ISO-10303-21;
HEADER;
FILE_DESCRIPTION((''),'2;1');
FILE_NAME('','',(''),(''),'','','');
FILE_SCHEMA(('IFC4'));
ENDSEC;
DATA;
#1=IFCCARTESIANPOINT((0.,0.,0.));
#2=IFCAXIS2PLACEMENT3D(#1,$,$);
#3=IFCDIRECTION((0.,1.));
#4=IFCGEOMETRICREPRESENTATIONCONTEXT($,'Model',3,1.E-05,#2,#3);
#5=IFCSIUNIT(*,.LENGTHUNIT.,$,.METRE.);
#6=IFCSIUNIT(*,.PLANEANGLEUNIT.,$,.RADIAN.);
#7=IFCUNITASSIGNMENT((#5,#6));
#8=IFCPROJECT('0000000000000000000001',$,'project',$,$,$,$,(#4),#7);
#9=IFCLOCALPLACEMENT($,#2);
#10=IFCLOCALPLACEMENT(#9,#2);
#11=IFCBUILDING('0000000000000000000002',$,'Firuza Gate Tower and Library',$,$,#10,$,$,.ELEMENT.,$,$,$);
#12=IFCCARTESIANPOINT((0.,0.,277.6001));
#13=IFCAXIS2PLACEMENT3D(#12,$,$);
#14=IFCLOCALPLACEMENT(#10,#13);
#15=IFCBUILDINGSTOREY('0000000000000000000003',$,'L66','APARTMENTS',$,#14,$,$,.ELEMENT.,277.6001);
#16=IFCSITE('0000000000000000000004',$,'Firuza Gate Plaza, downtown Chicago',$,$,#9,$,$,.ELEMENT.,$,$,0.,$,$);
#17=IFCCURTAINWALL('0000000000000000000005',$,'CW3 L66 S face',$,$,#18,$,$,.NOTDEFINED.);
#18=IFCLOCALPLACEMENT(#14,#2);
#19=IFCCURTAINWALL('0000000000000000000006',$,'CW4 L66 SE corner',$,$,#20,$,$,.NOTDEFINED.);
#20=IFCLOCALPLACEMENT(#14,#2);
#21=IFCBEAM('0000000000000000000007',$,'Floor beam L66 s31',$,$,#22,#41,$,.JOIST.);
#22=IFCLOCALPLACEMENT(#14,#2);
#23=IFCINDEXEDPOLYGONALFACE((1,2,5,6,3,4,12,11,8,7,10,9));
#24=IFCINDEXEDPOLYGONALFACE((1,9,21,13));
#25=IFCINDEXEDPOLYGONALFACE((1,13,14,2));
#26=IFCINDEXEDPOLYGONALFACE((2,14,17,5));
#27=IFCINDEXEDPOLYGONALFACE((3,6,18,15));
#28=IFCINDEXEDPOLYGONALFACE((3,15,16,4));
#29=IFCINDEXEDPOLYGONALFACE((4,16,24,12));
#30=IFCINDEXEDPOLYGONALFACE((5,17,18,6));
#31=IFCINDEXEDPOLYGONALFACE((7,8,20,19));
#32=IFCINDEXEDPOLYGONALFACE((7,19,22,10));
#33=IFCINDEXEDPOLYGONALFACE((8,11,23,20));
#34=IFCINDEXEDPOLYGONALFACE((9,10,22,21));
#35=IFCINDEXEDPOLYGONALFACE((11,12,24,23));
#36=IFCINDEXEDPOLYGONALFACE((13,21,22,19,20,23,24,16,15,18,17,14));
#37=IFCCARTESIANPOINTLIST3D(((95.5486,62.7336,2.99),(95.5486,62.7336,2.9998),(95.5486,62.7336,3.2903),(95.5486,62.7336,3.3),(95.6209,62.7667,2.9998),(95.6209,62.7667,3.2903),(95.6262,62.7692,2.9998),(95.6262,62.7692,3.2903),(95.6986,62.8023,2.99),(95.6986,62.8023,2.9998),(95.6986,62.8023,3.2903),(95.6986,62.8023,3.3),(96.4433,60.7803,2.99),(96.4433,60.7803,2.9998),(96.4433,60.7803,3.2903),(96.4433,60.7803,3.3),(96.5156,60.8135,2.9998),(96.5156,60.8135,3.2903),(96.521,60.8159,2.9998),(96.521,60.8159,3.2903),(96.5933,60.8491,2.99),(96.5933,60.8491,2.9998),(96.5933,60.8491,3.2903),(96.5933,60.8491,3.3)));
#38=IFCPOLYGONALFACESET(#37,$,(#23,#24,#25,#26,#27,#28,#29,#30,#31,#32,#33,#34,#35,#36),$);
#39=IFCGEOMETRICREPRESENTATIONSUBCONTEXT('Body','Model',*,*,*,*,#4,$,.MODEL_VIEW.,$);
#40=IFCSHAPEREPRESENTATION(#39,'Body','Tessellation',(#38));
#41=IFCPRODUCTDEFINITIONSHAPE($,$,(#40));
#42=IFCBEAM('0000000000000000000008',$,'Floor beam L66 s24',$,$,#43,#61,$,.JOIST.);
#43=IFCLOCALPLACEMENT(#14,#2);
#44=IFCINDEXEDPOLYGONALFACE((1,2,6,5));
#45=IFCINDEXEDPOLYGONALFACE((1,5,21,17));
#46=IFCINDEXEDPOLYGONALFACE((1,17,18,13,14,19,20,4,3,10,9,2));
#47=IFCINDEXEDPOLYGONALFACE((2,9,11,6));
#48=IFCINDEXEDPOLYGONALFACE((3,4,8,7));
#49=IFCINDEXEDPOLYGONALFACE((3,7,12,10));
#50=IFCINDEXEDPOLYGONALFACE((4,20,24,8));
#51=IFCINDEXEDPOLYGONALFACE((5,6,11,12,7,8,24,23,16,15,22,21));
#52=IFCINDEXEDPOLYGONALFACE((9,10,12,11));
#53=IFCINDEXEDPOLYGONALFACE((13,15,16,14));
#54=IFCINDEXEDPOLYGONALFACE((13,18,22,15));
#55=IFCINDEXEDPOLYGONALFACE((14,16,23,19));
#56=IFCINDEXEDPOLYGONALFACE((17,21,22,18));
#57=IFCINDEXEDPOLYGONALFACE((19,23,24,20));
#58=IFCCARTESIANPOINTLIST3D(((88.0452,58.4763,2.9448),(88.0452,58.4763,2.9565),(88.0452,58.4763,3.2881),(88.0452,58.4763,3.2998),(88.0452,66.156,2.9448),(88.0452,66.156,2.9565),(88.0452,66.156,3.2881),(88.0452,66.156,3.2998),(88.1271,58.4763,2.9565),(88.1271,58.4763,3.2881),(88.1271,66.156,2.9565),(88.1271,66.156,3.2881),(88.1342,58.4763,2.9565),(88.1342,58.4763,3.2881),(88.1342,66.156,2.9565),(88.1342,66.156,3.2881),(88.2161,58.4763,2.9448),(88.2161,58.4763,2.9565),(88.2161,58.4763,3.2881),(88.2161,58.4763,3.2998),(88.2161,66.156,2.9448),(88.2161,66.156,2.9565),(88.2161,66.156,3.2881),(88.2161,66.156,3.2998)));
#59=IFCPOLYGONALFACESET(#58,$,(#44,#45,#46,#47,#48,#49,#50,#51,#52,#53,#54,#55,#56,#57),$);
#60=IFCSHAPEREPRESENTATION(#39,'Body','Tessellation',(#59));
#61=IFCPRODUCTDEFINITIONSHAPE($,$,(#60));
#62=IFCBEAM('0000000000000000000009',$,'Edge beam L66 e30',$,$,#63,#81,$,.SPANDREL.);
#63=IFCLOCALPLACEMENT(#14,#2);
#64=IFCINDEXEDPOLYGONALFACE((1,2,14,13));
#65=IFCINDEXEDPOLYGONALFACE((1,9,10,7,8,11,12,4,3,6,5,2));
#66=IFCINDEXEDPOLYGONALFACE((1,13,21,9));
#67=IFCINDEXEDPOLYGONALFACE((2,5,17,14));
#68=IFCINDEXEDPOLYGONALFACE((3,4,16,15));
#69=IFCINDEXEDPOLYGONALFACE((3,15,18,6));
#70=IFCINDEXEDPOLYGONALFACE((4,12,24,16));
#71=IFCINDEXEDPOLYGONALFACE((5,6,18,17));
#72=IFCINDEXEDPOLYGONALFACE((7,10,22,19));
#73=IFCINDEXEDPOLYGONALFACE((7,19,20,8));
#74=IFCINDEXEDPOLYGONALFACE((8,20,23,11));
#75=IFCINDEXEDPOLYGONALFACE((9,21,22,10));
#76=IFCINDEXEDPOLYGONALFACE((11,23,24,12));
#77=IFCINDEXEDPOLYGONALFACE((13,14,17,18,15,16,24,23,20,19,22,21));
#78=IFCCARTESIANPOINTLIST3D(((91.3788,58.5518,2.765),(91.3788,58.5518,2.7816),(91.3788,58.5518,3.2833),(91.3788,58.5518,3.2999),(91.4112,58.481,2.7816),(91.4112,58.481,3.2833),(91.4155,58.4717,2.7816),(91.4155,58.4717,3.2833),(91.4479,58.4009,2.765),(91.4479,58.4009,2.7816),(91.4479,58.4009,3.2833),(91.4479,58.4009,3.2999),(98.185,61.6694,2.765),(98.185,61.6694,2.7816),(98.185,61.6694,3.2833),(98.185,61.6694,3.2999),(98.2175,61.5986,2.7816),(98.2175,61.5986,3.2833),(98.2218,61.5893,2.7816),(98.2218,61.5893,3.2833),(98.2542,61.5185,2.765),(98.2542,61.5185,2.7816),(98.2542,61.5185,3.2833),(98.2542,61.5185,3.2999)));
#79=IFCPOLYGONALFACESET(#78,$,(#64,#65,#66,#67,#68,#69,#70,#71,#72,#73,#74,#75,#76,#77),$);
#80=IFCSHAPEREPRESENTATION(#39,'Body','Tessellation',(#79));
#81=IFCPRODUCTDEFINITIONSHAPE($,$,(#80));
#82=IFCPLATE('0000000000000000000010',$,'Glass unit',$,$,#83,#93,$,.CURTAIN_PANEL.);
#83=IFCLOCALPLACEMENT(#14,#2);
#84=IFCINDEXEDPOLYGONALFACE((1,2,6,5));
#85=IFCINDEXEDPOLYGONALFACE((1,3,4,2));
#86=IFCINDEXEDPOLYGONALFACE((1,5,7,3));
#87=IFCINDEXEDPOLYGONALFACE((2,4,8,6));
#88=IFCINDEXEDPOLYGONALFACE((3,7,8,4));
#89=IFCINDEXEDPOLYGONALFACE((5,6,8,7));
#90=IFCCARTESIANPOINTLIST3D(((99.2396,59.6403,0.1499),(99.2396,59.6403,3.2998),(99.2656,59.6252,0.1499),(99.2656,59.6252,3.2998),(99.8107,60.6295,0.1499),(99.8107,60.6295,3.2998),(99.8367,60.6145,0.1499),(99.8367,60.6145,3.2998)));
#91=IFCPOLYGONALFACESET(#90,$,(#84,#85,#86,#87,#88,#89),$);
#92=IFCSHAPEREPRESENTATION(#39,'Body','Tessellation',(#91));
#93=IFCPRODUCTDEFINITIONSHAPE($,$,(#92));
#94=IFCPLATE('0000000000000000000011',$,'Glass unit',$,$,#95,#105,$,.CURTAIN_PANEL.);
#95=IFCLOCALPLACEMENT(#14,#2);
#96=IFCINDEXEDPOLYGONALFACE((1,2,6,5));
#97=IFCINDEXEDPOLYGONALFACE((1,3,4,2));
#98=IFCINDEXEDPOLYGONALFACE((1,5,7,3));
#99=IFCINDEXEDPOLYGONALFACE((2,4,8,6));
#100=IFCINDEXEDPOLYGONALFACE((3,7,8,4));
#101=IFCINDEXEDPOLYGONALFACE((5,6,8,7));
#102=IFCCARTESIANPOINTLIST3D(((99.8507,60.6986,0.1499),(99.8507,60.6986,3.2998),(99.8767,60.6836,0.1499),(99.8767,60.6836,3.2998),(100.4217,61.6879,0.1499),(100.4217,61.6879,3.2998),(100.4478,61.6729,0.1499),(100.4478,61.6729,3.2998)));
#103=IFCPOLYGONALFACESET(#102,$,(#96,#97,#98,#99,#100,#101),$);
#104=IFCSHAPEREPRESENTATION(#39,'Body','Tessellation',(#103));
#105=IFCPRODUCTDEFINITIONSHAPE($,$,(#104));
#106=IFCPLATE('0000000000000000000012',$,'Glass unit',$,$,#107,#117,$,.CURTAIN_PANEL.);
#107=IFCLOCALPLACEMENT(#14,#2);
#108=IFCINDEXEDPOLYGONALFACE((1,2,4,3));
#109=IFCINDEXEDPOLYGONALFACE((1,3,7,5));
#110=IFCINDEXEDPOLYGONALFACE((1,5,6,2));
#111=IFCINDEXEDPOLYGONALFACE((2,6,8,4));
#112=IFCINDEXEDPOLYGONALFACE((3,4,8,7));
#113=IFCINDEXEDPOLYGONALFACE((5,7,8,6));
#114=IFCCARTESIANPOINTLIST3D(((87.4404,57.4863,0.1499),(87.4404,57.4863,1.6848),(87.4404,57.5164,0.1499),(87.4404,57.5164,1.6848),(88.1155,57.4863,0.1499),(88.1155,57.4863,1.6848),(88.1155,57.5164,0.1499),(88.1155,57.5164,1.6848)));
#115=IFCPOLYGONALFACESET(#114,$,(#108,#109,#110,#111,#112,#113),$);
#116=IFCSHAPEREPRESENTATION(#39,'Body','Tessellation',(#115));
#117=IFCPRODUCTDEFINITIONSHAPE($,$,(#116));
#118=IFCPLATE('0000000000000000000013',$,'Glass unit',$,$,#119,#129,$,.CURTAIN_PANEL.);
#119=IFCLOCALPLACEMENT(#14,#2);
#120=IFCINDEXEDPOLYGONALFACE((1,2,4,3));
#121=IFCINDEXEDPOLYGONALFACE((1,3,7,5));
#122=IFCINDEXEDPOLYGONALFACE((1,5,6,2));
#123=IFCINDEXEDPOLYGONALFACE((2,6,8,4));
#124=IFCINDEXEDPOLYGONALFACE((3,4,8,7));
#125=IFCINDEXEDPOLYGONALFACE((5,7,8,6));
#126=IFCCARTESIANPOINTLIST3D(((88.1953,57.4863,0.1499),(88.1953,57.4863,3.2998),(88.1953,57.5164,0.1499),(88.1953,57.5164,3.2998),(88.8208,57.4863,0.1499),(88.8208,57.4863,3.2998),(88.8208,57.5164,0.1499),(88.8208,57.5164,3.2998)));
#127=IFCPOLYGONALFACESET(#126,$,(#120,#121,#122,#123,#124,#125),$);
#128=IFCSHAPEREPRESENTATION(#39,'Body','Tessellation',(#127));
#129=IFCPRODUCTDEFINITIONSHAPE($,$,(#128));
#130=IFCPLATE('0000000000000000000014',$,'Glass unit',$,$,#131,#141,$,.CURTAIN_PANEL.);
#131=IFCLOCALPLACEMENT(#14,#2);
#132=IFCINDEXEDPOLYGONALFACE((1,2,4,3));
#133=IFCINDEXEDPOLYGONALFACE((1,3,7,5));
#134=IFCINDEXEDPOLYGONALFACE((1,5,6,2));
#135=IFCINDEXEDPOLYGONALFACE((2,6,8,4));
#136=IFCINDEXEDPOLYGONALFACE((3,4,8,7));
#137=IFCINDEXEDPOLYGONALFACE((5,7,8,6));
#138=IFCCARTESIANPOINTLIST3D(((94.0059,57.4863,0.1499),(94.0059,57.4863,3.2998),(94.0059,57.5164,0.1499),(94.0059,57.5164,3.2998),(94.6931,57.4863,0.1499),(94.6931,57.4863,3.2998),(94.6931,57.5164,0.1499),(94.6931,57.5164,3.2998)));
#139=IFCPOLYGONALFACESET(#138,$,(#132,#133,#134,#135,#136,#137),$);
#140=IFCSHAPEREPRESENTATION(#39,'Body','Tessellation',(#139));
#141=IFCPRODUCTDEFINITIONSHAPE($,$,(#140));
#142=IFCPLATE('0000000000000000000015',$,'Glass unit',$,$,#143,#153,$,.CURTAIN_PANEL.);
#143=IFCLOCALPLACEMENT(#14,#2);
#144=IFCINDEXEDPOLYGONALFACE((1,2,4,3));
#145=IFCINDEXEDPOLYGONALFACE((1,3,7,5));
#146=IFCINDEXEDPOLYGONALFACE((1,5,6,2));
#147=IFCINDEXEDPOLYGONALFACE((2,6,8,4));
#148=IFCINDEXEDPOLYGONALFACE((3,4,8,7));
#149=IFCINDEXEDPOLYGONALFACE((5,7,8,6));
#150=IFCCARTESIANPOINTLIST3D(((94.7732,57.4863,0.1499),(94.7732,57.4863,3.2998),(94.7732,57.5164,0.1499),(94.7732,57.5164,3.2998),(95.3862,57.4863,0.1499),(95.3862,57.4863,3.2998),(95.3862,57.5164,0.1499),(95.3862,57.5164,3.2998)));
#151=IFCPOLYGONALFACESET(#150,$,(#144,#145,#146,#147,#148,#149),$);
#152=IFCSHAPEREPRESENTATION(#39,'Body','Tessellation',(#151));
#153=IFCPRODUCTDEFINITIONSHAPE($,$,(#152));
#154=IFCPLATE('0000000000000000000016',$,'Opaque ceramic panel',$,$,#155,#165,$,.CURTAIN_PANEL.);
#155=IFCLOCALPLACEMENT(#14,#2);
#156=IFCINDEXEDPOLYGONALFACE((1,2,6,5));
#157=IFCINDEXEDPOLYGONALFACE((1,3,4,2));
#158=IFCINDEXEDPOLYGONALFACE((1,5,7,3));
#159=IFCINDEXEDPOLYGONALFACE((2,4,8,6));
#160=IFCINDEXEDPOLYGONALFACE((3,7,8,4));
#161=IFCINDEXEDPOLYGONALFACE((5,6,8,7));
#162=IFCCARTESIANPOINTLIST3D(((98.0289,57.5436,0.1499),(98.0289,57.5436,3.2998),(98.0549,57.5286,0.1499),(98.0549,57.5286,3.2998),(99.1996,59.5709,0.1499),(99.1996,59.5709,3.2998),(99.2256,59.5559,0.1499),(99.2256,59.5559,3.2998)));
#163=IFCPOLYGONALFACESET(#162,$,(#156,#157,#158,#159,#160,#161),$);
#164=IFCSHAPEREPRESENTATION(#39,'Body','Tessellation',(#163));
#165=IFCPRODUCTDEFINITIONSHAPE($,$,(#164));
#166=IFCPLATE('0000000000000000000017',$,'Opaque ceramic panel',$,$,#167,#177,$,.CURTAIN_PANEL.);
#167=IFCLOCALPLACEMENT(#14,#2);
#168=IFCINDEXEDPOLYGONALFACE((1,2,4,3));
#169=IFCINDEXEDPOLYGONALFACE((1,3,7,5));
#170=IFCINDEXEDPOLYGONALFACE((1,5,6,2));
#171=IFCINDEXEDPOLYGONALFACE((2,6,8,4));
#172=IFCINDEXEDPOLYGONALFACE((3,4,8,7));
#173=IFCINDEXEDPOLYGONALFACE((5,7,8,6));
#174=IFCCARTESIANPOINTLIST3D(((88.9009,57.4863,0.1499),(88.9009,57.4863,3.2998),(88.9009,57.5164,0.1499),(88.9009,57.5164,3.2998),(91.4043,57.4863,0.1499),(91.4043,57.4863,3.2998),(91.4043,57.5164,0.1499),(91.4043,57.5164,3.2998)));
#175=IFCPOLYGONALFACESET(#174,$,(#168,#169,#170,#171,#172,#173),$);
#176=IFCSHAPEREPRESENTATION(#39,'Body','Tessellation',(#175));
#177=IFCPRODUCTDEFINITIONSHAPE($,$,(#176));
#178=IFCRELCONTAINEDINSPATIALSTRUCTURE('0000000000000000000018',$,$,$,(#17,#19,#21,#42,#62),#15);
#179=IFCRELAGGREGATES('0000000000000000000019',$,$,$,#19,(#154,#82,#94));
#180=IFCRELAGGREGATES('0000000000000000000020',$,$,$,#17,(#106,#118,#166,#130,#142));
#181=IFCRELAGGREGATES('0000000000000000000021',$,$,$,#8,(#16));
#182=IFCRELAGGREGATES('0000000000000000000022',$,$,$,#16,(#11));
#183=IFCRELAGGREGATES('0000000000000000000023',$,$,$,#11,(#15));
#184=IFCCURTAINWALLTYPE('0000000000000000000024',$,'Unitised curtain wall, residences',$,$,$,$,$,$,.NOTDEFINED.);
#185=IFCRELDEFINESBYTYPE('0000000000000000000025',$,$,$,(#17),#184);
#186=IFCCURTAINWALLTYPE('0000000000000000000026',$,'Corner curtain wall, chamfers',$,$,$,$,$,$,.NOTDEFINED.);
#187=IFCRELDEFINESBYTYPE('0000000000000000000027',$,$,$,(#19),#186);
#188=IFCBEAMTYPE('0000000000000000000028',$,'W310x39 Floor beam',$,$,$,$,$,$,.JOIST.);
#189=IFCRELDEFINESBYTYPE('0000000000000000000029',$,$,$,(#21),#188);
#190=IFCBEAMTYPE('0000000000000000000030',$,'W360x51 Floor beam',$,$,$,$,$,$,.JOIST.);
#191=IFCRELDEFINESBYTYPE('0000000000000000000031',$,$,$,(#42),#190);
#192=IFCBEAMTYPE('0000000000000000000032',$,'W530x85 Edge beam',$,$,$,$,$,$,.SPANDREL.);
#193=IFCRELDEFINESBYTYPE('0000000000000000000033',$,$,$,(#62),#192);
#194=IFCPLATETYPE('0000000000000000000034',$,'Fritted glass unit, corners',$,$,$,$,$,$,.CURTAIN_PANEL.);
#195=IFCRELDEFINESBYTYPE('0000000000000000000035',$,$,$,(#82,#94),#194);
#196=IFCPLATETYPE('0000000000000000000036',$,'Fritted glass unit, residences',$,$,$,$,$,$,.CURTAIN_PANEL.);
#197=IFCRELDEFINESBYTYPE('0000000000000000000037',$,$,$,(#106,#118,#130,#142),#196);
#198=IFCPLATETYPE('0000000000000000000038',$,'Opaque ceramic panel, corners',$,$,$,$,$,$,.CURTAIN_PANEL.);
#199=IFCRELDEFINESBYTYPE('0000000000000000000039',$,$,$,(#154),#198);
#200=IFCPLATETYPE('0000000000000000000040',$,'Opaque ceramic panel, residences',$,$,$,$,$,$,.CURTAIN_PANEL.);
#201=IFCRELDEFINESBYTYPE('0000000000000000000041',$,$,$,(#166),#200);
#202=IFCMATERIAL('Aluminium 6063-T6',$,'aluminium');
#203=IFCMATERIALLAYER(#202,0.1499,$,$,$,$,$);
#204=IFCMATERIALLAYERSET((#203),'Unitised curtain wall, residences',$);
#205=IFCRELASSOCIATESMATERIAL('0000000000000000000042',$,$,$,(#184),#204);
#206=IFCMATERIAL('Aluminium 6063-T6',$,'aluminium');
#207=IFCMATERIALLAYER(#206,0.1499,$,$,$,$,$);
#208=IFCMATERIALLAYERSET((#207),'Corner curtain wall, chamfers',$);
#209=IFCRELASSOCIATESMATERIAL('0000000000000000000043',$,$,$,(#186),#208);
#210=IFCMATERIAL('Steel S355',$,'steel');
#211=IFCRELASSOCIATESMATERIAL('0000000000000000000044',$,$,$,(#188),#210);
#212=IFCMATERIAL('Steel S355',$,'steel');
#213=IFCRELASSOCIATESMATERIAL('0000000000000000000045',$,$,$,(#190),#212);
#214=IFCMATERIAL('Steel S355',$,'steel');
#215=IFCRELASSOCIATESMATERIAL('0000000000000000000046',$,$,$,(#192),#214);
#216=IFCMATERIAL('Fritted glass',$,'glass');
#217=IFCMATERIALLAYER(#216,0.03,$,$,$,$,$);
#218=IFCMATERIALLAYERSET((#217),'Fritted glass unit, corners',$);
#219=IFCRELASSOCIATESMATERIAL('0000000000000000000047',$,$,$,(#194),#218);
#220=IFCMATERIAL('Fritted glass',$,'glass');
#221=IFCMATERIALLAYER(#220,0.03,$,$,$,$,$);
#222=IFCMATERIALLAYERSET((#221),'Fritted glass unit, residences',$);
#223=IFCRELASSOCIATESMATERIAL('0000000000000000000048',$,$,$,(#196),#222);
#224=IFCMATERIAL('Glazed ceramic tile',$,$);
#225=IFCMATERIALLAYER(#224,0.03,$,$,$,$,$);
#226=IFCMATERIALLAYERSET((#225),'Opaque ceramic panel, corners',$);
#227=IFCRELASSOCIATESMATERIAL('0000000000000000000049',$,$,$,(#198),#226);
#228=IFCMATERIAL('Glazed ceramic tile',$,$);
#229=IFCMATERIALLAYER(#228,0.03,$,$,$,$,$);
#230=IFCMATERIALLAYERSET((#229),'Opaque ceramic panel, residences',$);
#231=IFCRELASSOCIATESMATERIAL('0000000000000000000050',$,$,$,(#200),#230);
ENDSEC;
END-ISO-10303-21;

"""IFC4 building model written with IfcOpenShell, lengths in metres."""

from ifc_helpers import new_model, si_unit, direction, frame, origin, origin_2d, place, context, subcontext, project, spatial, polyline, i_section, outline, extrude, material, layer, layer_set, material_profile, profile_set, type_object, element, aggregate, save


model = new_model("IFC4")

# Units and contexts
model_context = context("Model", 3, precision=1e-05, world=origin(), true_north=direction((0.0, 1.0)))
body_context = subcontext(model_context, "Body", "Model", "MODEL_VIEW")
ifc_project = project(units=[si_unit("LENGTHUNIT", "METRE"), si_unit("PLANEANGLEUNIT", "RADIAN")], contexts=[model_context])

# Site, building, storey
site_placement = place(None, origin())
site = spatial("IfcSite", under=ifc_project, at=site_placement, Name="Firuza Gate Plaza, downtown Chicago", CompositionType="ELEMENT", RefElevation=0.0)
building_placement = place(site_placement, origin())
building = spatial("IfcBuilding", under=site, at=building_placement, Name="Firuza Gate Tower and Library", CompositionType="ELEMENT")
storey_placement = place(building_placement, frame((0.0, 0.0, 277.6001)))
storey = spatial("IfcBuildingStorey", under=building, at=storey_placement, Name="L66", Description="APARTMENTS", CompositionType="ELEMENT", Elevation=277.6001)

# Curtain walls
ifc_material_1 = material(Name="Aluminium 6063-T6", Category="aluminium")
ifc_layer_1 = layer(ifc_material_1, 0.1499)
ifc_layer_set_1 = layer_set([ifc_layer_1], Name="Unitised curtain wall, residences")
curtain_wall_type_1 = type_object("IfcCurtainWallType", Name="Unitised curtain wall, residences", PredefinedType="NOTDEFINED", material=ifc_layer_set_1)
placement = place(storey_placement, origin())
curtain_wall_1 = element("IfcCurtainWall", 1, at=placement, inside=storey, type_object=curtain_wall_type_1, Name="CW3 L66 S face", PredefinedType="NOTDEFINED")
ifc_material_2 = material(Name="Aluminium 6063-T6", Category="aluminium")
ifc_layer_2 = layer(ifc_material_2, 0.1499)
ifc_layer_set_2 = layer_set([ifc_layer_2], Name="Corner curtain wall, chamfers")
curtain_wall_type_2 = type_object("IfcCurtainWallType", Name="Corner curtain wall, chamfers", PredefinedType="NOTDEFINED", material=ifc_layer_set_2)
curtain_wall_2 = element("IfcCurtainWall", 2, at=placement, inside=storey, type_object=curtain_wall_type_2, Name="CW4 L66 SE corner", PredefinedType="NOTDEFINED")

# Beams
ifc_material_3 = material(Name="Steel S355", Category="steel")
ifc_material_profile_1 = material_profile(ifc_material_3, i_section(OverallWidth=0.165, OverallDepth=0.3101, WebThickness=0.0059, FlangeThickness=0.0098, at=origin_2d()))
ifc_profile_set_1 = profile_set([ifc_material_profile_1], Name="Steel S355")
beam_type_1 = type_object("IfcBeamType", Name="W310x39 Floor beam", PredefinedType="JOIST", material=ifc_profile_set_1)
beam_1_placement = place(storey_placement, frame((96.5183, 60.8147, 3.145), z_axis=(-0.416455, 0.909156, 0.0), x_axis=(-0.909156, -0.416455, 0.0)))
element("IfcBeam", 3, at=beam_1_placement, inside=storey, type_object=beam_type_1, Name="Floor beam L66 s31", PredefinedType="JOIST", context=body_context, shape_type="SweptSolid", body=[
    extrude(i_section(OverallWidth=0.165, OverallDepth=0.3101, WebThickness=0.0059, FlangeThickness=0.0098, at=origin_2d()), origin(), (0.0, 0.0, 1.0), 2.1484),
])
ifc_material_4 = material(Name="Steel S355", Category="steel")
ifc_material_profile_2 = material_profile(ifc_material_4, i_section(OverallWidth=0.1709, OverallDepth=0.355, WebThickness=0.0071, FlangeThickness=0.0117, at=origin_2d()))
ifc_profile_set_2 = profile_set([ifc_material_profile_2], Name="Steel S355")
beam_type_2 = type_object("IfcBeamType", Name="W360x51 Floor beam", PredefinedType="JOIST", material=ifc_profile_set_2)
beam_2_placement = place(storey_placement, frame((88.1306, 58.4763, 3.1223), z_axis=(0.0, 1.0, 0.0), x_axis=(-1.0, 0.0, 0.0)))
element("IfcBeam", 4, at=beam_2_placement, inside=storey, type_object=beam_type_2, Name="Floor beam L66 s24", PredefinedType="JOIST", context=body_context, shape_type="SweptSolid", body=[
    extrude(i_section(OverallWidth=0.1709, OverallDepth=0.355, WebThickness=0.0071, FlangeThickness=0.0117, at=origin_2d()), origin(), (0.0, 0.0, 1.0), 7.6797),
])
ifc_material_5 = material(Name="Steel S355", Category="steel")
ifc_material_profile_3 = material_profile(ifc_material_5, i_section(OverallWidth=0.166, OverallDepth=0.5349, WebThickness=0.0103, FlangeThickness=0.0166, at=origin_2d()))
ifc_profile_set_3 = profile_set([ifc_material_profile_3], Name="Steel S355")
beam_type_3 = type_object("IfcBeamType", Name="W530x85 Edge beam", PredefinedType="SPANDREL", material=ifc_profile_set_3)
beam_3_placement = place(storey_placement, frame((91.4133, 58.4763, 3.0325), z_axis=(0.909162, 0.416442, 0.0), x_axis=(-0.416442, 0.909162, 0.0)))
element("IfcBeam", 5, at=beam_3_placement, inside=storey, type_object=beam_type_3, Name="Edge beam L66 e30", PredefinedType="SPANDREL", context=body_context, shape_type="SweptSolid", body=[
    extrude(i_section(OverallWidth=0.166, OverallDepth=0.5349, WebThickness=0.0103, FlangeThickness=0.0166, at=origin_2d()), origin(), (0.0, 0.0, 1.0), 7.4863),
])

# Plates
ifc_material_6 = material(Name="Fritted glass", Category="glass")
ifc_layer_3 = layer(ifc_material_6, 0.03)
ifc_layer_set_3 = layer_set([ifc_layer_3], Name="Fritted glass unit, corners")
plate_type_1 = type_object("IfcPlateType", Name="Fritted glass unit, corners", PredefinedType="CURTAIN_PANEL", material=ifc_layer_set_3)
plate_1_placement = place(storey_placement, frame((99.2656, 59.6252, 0.1499), z_axis=(0.866065, -0.499932, 0.0), x_axis=(0.499932, 0.866065, 0.0)))
plate_1 = element("IfcPlate", 6, at=plate_1_placement, type_object=plate_type_1, Name="Glass unit", PredefinedType="CURTAIN_PANEL", context=body_context, shape_type="SweptSolid", body=[
    extrude(outline(polyline([(0.0, 0.0), (1.1422, 0.0), (1.1422, 3.1499), (0.0, 3.1499), (0.0, 0.0)])), origin(), (0.0, 0.0, -1.0), 0.03),
])
plate_2_placement = place(storey_placement, frame((99.8767, 60.6836, 0.1499), z_axis=(0.866065, -0.499932, 0.0), x_axis=(0.499932, 0.866065, 0.0)))
plate_2 = element("IfcPlate", 7, at=plate_2_placement, type_object=plate_type_1, Name="Glass unit", PredefinedType="CURTAIN_PANEL", context=body_context, shape_type="SweptSolid", body=[
    extrude(outline(polyline([(0.0, 0.0), (1.1422, 0.0), (1.1422, 3.1499), (0.0, 3.1499), (0.0, 0.0)])), origin(), (0.0, 0.0, -1.0), 0.03),
])
ifc_material_7 = material(Name="Fritted glass", Category="glass")
ifc_layer_4 = layer(ifc_material_7, 0.03)
ifc_layer_set_4 = layer_set([ifc_layer_4], Name="Fritted glass unit, residences")
plate_type_2 = type_object("IfcPlateType", Name="Fritted glass unit, residences", PredefinedType="CURTAIN_PANEL", material=ifc_layer_set_4)
plate_3_placement = place(storey_placement, frame((87.4404, 57.4863, 0.1499), z_axis=(0.0, -1.0, 0.0), x_axis=(1.0, 0.0, 0.0)))
plate_3 = element("IfcPlate", 8, at=plate_3_placement, type_object=plate_type_2, Name="Glass unit", PredefinedType="CURTAIN_PANEL", context=body_context, shape_type="SweptSolid", body=[
    extrude(outline(polyline([(0.0, 0.0), (0.675, 0.0), (0.675, 1.5349), (0.0, 1.5349), (0.0, 0.0)])), origin(), (0.0, 0.0, -1.0), 0.03),
])
plate_4_placement = place(storey_placement, frame((88.1953, 57.4863, 0.1499), z_axis=(0.0, -1.0, 0.0), x_axis=(1.0, 0.0, 0.0)))
plate_4 = element("IfcPlate", 9, at=plate_4_placement, type_object=plate_type_2, Name="Glass unit", PredefinedType="CURTAIN_PANEL", context=body_context, shape_type="SweptSolid", body=[
    extrude(outline(polyline([(0.0, 0.0), (0.6255, 0.0), (0.6255, 3.1499), (0.0, 3.1499), (0.0, 0.0)])), origin(), (0.0, 0.0, -1.0), 0.03),
])
plate_5_placement = place(storey_placement, frame((94.0059, 57.4863, 0.1499), z_axis=(0.0, -1.0, 0.0), x_axis=(1.0, 0.0, 0.0)))
plate_5 = element("IfcPlate", 10, at=plate_5_placement, type_object=plate_type_2, Name="Glass unit", PredefinedType="CURTAIN_PANEL", context=body_context, shape_type="SweptSolid", body=[
    extrude(outline(polyline([(0.0, 0.0), (0.6873, 0.0), (0.6873, 3.1499), (0.0, 3.1499), (0.0, 0.0)])), origin(), (0.0, 0.0, -1.0), 0.03),
])
plate_6_placement = place(storey_placement, frame((94.7732, 57.4863, 0.1499), z_axis=(0.0, -1.0, 0.0), x_axis=(1.0, 0.0, 0.0)))
plate_6 = element("IfcPlate", 11, at=plate_6_placement, type_object=plate_type_2, Name="Glass unit", PredefinedType="CURTAIN_PANEL", context=body_context, shape_type="SweptSolid", body=[
    extrude(outline(polyline([(0.0, 0.0), (0.613, 0.0), (0.613, 3.1499), (0.0, 3.1499), (0.0, 0.0)])), origin(), (0.0, 0.0, -1.0), 0.03),
])
ifc_material_8 = material(Name="Glazed ceramic tile")
ifc_layer_5 = layer(ifc_material_8, 0.03)
ifc_layer_set_5 = layer_set([ifc_layer_5], Name="Opaque ceramic panel, corners")
plate_type_3 = type_object("IfcPlateType", Name="Opaque ceramic panel, corners", PredefinedType="CURTAIN_PANEL", material=ifc_layer_set_5)
plate_7_placement = place(storey_placement, frame((98.0549, 57.5286, 0.1499), z_axis=(0.865995, -0.500053, 0.0), x_axis=(0.500053, 0.865995, 0.0)))
plate_7 = element("IfcPlate", 12, at=plate_7_placement, type_object=plate_type_3, Name="Opaque ceramic panel", PredefinedType="CURTAIN_PANEL", context=body_context, shape_type="SweptSolid", body=[
    extrude(outline(polyline([(0.0, 0.0), (2.3411, 0.0), (2.3411, 3.1499), (0.0, 3.1499), (0.0, 0.0)])), origin(), (0.0, 0.0, -1.0), 0.03),
])
aggregate(curtain_wall_2, [plate_7, plate_1, plate_2])
ifc_material_9 = material(Name="Glazed ceramic tile")
ifc_layer_6 = layer(ifc_material_9, 0.03)
ifc_layer_set_6 = layer_set([ifc_layer_6], Name="Opaque ceramic panel, residences")
plate_type_4 = type_object("IfcPlateType", Name="Opaque ceramic panel, residences", PredefinedType="CURTAIN_PANEL", material=ifc_layer_set_6)
plate_8_placement = place(storey_placement, frame((88.9009, 57.4863, 0.1499), z_axis=(0.0, -1.0, 0.0), x_axis=(1.0, 0.0, 0.0)))
plate_8 = element("IfcPlate", 13, at=plate_8_placement, type_object=plate_type_4, Name="Opaque ceramic panel", PredefinedType="CURTAIN_PANEL", context=body_context, shape_type="SweptSolid", body=[
    extrude(outline(polyline([(0.0, 0.0), (2.5034, 0.0), (2.5034, 3.1499), (0.0, 3.1499), (0.0, 0.0)])), origin(), (0.0, 0.0, -1.0), 0.03),
])
aggregate(curtain_wall_1, [plate_3, plate_4, plate_8, plate_5, plate_6])

save(model, "model.ifc")
